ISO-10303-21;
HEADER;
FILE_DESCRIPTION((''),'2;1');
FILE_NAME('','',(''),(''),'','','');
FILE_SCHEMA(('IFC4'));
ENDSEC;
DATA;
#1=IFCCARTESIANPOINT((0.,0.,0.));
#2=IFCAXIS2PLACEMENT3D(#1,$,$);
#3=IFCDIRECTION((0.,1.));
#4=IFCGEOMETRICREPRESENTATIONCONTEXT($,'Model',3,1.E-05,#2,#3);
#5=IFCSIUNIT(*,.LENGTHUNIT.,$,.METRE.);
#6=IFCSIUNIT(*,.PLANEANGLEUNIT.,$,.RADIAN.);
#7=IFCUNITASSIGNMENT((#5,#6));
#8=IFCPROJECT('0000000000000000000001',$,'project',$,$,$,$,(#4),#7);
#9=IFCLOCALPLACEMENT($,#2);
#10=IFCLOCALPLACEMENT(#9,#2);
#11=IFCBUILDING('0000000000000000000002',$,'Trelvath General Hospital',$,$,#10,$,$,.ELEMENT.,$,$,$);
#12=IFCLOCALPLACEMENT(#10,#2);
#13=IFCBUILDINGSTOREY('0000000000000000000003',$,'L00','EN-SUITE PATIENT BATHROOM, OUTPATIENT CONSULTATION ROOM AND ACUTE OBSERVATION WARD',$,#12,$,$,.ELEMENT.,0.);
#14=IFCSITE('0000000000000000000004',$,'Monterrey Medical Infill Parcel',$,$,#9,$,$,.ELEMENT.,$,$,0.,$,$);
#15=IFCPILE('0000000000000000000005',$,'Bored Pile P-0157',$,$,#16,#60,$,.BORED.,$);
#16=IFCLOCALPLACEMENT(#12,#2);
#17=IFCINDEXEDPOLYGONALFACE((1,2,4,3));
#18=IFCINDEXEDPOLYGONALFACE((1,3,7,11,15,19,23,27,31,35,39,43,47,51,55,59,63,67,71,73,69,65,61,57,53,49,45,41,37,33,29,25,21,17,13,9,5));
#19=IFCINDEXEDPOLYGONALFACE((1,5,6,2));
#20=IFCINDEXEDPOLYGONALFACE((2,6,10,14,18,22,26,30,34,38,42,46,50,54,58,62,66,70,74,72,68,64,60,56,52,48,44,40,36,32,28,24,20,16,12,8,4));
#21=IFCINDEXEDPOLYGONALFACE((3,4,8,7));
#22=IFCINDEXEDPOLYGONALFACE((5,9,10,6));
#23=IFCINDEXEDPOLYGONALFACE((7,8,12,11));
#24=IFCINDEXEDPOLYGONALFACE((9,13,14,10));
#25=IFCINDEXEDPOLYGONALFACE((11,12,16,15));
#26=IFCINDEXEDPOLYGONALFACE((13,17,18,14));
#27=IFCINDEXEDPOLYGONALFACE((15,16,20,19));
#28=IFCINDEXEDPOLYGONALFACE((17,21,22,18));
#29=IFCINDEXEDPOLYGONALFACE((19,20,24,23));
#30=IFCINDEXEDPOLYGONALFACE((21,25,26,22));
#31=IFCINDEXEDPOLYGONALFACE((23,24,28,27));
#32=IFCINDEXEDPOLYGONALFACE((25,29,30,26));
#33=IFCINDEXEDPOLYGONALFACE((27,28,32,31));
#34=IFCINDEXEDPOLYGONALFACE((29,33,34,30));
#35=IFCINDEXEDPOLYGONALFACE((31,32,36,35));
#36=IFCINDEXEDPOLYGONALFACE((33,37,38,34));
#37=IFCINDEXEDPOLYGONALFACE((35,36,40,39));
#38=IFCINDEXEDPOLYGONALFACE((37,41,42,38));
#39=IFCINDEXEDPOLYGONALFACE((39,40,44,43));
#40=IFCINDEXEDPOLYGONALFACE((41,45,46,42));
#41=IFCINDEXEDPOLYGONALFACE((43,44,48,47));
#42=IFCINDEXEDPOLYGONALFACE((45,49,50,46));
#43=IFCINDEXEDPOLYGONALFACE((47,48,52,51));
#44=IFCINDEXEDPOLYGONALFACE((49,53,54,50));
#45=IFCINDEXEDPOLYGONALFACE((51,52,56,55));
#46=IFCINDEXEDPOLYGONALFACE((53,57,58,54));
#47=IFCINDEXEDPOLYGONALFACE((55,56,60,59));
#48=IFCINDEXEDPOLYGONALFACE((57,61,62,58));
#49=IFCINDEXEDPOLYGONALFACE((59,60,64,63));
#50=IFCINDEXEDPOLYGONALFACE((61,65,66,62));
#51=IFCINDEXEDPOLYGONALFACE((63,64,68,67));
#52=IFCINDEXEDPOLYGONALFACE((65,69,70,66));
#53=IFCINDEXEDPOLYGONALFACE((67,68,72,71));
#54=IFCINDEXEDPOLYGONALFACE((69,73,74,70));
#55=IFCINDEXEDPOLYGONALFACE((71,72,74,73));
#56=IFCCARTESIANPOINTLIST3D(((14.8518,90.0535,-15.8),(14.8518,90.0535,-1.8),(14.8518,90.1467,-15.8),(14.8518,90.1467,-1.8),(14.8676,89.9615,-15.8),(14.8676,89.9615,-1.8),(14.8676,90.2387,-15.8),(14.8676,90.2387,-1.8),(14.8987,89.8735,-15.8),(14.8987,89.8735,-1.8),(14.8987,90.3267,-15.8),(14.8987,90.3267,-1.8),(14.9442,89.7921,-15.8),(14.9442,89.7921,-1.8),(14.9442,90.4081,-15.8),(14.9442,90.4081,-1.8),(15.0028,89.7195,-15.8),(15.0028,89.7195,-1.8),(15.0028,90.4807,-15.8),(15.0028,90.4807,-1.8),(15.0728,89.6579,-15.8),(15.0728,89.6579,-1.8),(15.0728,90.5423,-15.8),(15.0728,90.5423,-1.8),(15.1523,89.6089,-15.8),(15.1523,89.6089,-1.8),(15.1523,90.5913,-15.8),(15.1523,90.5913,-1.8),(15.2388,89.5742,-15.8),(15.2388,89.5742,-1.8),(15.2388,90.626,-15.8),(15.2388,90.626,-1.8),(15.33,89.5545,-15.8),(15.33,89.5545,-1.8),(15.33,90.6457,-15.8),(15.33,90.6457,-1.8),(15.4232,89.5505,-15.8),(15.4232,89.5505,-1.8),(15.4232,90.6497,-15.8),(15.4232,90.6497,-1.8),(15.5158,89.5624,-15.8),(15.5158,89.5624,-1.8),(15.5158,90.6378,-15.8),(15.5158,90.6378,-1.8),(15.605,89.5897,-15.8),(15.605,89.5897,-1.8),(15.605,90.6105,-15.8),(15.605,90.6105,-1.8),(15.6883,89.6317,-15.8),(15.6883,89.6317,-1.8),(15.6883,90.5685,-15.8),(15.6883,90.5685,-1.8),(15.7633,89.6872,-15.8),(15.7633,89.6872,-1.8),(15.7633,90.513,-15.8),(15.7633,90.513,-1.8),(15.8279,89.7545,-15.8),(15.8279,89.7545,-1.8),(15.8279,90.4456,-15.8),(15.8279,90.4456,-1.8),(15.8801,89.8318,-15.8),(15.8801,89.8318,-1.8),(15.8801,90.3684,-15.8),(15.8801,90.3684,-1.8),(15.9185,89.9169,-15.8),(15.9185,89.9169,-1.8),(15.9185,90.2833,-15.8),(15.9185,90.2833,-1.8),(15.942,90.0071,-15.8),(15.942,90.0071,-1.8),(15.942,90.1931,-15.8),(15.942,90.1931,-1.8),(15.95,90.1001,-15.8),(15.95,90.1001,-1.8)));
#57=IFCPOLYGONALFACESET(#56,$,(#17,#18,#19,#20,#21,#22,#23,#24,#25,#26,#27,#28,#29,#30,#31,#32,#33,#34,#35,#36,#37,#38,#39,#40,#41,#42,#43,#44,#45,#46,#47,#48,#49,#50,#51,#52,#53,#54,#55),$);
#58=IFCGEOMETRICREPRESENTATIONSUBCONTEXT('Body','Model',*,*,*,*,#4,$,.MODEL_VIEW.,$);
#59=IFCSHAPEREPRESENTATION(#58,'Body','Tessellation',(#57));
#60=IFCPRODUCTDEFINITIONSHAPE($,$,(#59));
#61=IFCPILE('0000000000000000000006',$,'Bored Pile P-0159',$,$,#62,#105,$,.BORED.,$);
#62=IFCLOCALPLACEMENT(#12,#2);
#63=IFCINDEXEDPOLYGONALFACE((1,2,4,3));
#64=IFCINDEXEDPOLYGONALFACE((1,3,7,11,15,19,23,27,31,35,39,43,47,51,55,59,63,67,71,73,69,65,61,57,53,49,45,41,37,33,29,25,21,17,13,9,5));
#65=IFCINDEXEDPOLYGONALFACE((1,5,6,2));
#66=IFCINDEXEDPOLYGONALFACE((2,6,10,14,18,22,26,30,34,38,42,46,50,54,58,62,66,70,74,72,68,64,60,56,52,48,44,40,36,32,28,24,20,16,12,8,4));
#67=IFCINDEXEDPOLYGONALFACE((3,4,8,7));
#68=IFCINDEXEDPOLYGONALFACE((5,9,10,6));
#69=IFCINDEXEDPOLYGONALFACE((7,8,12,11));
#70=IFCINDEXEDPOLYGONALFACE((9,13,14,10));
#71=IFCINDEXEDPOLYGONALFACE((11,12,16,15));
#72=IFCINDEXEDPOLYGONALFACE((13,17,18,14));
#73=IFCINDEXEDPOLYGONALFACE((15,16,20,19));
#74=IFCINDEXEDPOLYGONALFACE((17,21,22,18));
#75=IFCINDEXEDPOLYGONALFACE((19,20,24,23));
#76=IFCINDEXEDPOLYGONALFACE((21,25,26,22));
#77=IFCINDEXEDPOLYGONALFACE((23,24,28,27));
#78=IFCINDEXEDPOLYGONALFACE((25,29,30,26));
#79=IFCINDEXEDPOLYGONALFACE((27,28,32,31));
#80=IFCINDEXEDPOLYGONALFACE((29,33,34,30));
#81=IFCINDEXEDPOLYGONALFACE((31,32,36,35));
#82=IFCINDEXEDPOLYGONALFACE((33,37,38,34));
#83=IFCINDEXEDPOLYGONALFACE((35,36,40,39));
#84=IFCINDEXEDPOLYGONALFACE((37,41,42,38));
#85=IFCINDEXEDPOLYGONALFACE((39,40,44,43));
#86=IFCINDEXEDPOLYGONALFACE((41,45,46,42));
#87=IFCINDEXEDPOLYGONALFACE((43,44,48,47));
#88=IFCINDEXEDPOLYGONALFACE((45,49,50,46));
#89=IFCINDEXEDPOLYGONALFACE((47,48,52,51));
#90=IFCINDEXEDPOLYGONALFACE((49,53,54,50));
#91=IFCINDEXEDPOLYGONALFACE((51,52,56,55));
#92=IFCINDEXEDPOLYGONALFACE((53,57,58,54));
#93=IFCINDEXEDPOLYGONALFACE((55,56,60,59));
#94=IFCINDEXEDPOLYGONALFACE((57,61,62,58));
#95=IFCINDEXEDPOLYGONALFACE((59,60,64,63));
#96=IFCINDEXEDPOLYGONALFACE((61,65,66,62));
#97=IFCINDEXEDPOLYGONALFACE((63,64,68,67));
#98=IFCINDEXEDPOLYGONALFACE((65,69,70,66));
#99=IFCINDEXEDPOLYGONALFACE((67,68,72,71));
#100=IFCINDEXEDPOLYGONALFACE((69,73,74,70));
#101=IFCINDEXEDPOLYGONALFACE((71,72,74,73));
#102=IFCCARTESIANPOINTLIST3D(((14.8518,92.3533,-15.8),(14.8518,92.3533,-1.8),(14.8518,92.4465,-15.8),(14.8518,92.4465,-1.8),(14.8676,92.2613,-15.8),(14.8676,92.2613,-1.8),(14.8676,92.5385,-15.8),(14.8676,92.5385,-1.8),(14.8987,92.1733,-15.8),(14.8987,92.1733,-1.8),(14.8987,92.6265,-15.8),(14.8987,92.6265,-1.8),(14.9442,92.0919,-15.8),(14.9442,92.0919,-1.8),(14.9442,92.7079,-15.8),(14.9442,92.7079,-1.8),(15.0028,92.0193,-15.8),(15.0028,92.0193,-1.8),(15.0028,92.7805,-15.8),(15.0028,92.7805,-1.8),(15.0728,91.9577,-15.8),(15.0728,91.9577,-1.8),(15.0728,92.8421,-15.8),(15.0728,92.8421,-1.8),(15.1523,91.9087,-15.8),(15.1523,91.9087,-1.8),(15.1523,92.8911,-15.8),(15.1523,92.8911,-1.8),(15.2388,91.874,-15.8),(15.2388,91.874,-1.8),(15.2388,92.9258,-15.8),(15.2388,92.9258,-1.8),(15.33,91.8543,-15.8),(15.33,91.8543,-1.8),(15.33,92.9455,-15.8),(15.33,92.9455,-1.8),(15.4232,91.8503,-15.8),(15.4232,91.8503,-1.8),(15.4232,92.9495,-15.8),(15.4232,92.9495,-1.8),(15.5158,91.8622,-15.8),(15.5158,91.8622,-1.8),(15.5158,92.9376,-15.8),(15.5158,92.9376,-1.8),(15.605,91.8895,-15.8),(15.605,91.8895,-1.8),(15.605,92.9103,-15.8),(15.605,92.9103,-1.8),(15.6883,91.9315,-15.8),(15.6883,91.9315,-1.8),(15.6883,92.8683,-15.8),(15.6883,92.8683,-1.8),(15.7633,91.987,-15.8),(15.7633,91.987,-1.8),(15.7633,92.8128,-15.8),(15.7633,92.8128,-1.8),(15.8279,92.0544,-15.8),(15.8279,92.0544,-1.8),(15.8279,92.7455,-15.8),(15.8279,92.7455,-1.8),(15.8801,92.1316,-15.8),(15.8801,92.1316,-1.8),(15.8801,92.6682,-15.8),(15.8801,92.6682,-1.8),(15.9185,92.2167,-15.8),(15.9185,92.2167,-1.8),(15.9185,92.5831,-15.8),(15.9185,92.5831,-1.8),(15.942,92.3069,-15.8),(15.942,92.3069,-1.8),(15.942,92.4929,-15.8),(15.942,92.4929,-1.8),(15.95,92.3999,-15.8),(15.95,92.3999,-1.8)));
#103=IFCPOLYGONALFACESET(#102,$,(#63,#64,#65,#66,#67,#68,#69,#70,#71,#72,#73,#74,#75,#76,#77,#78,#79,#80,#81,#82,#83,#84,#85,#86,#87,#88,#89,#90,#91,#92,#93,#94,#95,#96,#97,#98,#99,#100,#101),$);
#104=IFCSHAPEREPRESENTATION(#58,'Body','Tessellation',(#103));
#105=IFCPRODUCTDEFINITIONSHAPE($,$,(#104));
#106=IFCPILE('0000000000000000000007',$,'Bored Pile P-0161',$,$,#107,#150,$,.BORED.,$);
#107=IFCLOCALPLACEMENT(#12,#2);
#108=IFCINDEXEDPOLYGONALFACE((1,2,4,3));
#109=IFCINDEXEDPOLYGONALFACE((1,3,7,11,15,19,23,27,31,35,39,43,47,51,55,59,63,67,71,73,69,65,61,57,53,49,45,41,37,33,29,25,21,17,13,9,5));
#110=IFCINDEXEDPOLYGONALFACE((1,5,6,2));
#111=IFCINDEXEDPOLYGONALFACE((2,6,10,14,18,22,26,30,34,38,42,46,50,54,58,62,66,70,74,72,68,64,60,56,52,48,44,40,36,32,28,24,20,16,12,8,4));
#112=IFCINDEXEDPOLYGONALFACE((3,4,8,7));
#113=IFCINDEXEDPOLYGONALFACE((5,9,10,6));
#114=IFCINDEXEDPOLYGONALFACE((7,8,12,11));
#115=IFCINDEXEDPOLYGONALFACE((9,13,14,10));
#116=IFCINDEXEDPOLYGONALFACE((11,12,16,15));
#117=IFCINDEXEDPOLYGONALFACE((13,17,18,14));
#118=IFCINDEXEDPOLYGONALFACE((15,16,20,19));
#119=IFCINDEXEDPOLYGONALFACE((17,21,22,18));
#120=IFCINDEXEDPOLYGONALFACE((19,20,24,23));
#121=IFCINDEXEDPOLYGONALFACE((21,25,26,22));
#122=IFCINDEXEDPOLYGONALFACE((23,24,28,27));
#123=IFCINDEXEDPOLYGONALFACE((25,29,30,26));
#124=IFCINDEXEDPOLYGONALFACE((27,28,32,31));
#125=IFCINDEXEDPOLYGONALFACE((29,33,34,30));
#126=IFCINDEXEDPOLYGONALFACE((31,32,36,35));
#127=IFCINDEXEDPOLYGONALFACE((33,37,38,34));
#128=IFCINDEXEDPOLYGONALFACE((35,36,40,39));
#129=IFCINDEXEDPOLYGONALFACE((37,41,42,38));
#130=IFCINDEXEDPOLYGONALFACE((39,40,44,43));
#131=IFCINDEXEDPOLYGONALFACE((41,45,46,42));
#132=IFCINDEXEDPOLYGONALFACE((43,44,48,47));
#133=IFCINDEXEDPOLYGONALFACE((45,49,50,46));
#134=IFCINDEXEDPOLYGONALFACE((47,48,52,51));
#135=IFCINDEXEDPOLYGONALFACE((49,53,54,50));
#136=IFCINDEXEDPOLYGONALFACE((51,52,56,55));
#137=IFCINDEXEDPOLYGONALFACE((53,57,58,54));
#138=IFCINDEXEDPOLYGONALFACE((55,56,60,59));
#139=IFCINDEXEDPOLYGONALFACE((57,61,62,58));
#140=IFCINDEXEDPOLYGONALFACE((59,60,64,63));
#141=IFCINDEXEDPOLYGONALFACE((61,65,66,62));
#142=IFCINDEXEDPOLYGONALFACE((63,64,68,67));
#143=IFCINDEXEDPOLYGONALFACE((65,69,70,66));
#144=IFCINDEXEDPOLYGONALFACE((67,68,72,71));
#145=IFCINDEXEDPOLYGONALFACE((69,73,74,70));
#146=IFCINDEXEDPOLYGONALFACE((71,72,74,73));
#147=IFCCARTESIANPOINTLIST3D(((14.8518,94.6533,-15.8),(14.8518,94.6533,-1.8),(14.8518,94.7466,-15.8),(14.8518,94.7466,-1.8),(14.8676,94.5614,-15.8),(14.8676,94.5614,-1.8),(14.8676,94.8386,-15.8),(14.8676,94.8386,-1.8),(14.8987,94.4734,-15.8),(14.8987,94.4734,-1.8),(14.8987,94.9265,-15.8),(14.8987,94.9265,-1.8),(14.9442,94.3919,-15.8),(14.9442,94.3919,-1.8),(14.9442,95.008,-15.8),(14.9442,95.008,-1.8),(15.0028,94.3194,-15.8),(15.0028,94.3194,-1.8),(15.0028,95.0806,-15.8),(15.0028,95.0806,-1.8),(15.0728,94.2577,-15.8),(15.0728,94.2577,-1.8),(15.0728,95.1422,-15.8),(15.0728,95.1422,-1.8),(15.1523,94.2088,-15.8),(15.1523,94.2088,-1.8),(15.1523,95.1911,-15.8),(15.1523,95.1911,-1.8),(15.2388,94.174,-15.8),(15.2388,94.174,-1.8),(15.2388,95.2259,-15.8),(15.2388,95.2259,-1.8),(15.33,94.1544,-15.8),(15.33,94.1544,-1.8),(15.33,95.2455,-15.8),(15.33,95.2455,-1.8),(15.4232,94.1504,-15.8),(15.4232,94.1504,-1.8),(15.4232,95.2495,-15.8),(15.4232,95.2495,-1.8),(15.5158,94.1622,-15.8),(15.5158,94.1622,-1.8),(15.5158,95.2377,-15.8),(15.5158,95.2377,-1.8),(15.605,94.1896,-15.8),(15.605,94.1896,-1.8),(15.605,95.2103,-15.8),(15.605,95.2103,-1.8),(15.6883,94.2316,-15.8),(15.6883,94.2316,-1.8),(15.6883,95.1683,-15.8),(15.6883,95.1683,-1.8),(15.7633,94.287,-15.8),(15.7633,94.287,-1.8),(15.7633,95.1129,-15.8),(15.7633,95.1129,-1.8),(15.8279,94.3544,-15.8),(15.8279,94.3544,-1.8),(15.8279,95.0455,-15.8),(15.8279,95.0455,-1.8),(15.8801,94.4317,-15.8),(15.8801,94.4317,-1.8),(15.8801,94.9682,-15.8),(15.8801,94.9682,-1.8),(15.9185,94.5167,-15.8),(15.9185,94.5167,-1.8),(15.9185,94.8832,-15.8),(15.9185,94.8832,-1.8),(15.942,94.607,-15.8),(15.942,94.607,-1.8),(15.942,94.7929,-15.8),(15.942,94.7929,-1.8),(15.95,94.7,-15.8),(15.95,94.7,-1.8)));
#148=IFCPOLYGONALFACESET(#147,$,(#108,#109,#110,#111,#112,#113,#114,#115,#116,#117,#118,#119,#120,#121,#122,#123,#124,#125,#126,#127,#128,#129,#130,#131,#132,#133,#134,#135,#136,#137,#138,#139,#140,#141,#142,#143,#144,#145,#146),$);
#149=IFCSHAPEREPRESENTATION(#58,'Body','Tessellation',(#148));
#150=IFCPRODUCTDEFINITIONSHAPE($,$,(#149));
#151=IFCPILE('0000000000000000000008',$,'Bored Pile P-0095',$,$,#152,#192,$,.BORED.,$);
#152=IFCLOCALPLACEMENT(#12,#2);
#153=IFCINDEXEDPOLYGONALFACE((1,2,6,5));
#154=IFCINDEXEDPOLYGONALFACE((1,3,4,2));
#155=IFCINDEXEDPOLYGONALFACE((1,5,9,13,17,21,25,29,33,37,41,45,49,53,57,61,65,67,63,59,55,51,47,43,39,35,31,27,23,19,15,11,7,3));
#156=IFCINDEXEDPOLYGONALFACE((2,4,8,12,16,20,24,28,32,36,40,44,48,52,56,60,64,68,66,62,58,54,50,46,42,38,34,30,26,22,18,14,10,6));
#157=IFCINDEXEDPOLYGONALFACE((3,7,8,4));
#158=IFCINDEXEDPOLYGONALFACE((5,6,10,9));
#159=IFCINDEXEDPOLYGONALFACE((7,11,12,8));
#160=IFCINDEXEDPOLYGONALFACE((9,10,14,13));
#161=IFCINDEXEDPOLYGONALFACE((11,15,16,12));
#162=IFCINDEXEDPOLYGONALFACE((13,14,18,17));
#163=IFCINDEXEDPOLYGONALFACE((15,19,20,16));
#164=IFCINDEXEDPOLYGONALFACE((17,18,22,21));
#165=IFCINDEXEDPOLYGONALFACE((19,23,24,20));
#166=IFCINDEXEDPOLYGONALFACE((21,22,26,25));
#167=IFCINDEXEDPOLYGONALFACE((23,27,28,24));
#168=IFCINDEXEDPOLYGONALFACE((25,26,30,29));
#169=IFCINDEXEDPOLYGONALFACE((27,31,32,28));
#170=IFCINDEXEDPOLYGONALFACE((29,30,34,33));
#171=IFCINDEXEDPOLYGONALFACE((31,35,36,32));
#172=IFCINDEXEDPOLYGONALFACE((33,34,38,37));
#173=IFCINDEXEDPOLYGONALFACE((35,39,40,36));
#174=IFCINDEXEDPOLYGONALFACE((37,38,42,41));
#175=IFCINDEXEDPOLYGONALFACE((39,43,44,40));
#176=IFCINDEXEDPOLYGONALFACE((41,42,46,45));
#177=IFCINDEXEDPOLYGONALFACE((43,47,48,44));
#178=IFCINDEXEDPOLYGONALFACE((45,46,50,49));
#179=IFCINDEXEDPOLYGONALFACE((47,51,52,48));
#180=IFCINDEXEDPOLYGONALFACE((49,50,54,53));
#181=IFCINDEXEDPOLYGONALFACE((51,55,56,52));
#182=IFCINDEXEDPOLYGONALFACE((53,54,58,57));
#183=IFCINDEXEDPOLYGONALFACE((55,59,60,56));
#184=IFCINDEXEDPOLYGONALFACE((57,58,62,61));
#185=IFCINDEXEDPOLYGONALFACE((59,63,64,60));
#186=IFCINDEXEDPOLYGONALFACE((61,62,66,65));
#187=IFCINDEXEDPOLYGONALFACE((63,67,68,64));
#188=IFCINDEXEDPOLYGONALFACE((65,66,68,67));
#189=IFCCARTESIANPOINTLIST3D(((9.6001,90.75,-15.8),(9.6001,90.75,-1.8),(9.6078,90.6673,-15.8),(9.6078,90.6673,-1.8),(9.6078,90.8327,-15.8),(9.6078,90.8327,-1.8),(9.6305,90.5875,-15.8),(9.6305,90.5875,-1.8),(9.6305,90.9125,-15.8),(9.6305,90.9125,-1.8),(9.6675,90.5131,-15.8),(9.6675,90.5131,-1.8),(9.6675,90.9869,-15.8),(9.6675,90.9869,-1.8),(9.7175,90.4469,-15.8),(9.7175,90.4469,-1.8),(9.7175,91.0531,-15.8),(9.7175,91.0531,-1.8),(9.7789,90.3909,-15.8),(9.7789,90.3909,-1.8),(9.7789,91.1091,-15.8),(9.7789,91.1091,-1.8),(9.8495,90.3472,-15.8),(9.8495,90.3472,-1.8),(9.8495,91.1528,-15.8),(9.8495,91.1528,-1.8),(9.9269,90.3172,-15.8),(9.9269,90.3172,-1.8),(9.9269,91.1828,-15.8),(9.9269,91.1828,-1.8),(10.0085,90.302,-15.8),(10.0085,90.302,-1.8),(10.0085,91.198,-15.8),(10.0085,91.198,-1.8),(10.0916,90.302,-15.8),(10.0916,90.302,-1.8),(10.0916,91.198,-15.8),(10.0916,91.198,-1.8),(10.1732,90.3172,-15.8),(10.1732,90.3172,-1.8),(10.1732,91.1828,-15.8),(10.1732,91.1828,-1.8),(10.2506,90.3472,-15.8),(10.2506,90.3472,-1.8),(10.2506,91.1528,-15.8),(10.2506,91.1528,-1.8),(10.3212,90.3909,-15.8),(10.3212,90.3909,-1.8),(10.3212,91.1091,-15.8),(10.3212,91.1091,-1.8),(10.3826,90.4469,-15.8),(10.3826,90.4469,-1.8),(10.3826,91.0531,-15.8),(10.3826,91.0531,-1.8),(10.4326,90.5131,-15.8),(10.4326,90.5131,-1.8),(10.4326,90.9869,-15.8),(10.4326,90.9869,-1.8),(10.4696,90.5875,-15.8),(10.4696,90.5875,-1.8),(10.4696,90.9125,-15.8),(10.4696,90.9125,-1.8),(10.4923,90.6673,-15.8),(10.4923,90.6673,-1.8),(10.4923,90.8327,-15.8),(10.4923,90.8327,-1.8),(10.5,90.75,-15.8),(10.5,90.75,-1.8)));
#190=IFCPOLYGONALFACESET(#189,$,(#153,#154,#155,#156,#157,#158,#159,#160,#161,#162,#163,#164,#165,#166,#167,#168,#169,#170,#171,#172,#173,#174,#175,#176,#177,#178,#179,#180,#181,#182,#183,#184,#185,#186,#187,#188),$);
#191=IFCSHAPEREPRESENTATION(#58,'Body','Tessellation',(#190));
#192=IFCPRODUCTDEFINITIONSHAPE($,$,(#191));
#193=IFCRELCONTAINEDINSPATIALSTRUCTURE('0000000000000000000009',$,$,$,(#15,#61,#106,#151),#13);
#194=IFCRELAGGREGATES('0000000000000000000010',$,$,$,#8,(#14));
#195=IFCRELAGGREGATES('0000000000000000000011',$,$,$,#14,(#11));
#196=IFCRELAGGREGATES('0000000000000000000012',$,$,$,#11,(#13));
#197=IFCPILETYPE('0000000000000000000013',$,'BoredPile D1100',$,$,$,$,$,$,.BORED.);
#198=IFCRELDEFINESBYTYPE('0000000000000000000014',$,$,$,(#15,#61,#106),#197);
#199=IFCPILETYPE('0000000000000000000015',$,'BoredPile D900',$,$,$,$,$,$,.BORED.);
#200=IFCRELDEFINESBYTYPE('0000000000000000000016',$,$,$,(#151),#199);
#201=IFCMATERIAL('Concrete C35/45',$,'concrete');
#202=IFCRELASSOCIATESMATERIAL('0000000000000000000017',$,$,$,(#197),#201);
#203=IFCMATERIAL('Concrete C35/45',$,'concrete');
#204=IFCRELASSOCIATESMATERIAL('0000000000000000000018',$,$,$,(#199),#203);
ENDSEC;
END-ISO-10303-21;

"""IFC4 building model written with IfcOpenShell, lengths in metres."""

from ifc_helpers import new_model, si_unit, direction, frame, origin, origin_2d, place, context, subcontext, project, spatial, circle, extrude, material, material_profile, profile_set, type_object, element, save


model = new_model("IFC4")

# Units and contexts
model_context = context("Model", 3, precision=1e-05, world=origin(), true_north=direction((0.0, 1.0)))
body_context = subcontext(model_context, "Body", "Model", "MODEL_VIEW")
ifc_project = project(units=[si_unit("LENGTHUNIT", "METRE"), si_unit("PLANEANGLEUNIT", "RADIAN")], contexts=[model_context])

# Site, building, storey
site_placement = place(None, origin())
site = spatial("IfcSite", under=ifc_project, at=site_placement, Name="Monterrey Medical Infill Parcel", CompositionType="ELEMENT", RefElevation=0.0)
building_placement = place(site_placement, origin())
building = spatial("IfcBuilding", under=site, at=building_placement, Name="Trelvath General Hospital", CompositionType="ELEMENT")
storey_placement = place(building_placement, origin())
storey = spatial("IfcBuildingStorey", under=building, at=storey_placement, Name="L00", Description="EN-SUITE PATIENT BATHROOM, OUTPATIENT CONSULTATION ROOM AND ACUTE OBSERVATION WARD", CompositionType="ELEMENT", Elevation=0.0)

# Piles
ifc_material_1 = material(Name="Concrete C35/45", Category="concrete")
ifc_material_profile_1 = material_profile(ifc_material_1, circle(Radius=0.55, at=origin_2d()), Name="PILE1100")
ifc_profile_set_1 = profile_set([ifc_material_profile_1], Name="Concrete C35/45")
pile_type_1 = type_object("IfcPileType", Name="BoredPile D1100", PredefinedType="BORED", material=ifc_profile_set_1)
for number, where, z_axis, x_axis, name in (
    (1, (15.3999, 90.1001, -1.8), (0.0, 0.0, -1.0), (1.0, 0.0, 0.0), "Bored Pile P-0157"),
    (2, (15.3999, 92.3999, -1.8), (0.0, 0.0, -1.0), (1.0, 0.0, 0.0), "Bored Pile P-0159"),
    (3, (15.3999, 94.7, -1.8), (0.0, 0.0, -1.0), (1.0, 0.0, 0.0), "Bored Pile P-0161"),
):
    element("IfcPile", number, at=place(storey_placement, frame(where, z_axis=z_axis, x_axis=x_axis)), inside=storey, type_object=pile_type_1, Name=name, PredefinedType="BORED", context=body_context, shape_type="SweptSolid", body=[
        extrude(circle(Radius=0.55, at=origin_2d()), origin(), (0.0, 0.0, 1.0), 14.0),
    ])
ifc_material_2 = material(Name="Concrete C35/45", Category="concrete")
ifc_material_profile_2 = material_profile(ifc_material_2, circle(Radius=0.45, at=origin_2d()), Name="PILE900")
ifc_profile_set_2 = profile_set([ifc_material_profile_2], Name="Concrete C35/45")
pile_type_2 = type_object("IfcPileType", Name="BoredPile D900", PredefinedType="BORED", material=ifc_profile_set_2)
for number, where, z_axis, x_axis, name in (
    (4, (10.05, 90.75, -1.8), (0.0, 0.0, -1.0), (1.0, 0.0, 0.0), "Bored Pile P-0095"),
):
    element("IfcPile", number, at=place(storey_placement, frame(where, z_axis=z_axis, x_axis=x_axis)), inside=storey, type_object=pile_type_2, Name=name, PredefinedType="BORED", context=body_context, shape_type="SweptSolid", body=[
        extrude(circle(Radius=0.45, at=origin_2d()), origin(), (0.0, 0.0, 1.0), 14.0),
    ])

save(model, "model.ifc")
